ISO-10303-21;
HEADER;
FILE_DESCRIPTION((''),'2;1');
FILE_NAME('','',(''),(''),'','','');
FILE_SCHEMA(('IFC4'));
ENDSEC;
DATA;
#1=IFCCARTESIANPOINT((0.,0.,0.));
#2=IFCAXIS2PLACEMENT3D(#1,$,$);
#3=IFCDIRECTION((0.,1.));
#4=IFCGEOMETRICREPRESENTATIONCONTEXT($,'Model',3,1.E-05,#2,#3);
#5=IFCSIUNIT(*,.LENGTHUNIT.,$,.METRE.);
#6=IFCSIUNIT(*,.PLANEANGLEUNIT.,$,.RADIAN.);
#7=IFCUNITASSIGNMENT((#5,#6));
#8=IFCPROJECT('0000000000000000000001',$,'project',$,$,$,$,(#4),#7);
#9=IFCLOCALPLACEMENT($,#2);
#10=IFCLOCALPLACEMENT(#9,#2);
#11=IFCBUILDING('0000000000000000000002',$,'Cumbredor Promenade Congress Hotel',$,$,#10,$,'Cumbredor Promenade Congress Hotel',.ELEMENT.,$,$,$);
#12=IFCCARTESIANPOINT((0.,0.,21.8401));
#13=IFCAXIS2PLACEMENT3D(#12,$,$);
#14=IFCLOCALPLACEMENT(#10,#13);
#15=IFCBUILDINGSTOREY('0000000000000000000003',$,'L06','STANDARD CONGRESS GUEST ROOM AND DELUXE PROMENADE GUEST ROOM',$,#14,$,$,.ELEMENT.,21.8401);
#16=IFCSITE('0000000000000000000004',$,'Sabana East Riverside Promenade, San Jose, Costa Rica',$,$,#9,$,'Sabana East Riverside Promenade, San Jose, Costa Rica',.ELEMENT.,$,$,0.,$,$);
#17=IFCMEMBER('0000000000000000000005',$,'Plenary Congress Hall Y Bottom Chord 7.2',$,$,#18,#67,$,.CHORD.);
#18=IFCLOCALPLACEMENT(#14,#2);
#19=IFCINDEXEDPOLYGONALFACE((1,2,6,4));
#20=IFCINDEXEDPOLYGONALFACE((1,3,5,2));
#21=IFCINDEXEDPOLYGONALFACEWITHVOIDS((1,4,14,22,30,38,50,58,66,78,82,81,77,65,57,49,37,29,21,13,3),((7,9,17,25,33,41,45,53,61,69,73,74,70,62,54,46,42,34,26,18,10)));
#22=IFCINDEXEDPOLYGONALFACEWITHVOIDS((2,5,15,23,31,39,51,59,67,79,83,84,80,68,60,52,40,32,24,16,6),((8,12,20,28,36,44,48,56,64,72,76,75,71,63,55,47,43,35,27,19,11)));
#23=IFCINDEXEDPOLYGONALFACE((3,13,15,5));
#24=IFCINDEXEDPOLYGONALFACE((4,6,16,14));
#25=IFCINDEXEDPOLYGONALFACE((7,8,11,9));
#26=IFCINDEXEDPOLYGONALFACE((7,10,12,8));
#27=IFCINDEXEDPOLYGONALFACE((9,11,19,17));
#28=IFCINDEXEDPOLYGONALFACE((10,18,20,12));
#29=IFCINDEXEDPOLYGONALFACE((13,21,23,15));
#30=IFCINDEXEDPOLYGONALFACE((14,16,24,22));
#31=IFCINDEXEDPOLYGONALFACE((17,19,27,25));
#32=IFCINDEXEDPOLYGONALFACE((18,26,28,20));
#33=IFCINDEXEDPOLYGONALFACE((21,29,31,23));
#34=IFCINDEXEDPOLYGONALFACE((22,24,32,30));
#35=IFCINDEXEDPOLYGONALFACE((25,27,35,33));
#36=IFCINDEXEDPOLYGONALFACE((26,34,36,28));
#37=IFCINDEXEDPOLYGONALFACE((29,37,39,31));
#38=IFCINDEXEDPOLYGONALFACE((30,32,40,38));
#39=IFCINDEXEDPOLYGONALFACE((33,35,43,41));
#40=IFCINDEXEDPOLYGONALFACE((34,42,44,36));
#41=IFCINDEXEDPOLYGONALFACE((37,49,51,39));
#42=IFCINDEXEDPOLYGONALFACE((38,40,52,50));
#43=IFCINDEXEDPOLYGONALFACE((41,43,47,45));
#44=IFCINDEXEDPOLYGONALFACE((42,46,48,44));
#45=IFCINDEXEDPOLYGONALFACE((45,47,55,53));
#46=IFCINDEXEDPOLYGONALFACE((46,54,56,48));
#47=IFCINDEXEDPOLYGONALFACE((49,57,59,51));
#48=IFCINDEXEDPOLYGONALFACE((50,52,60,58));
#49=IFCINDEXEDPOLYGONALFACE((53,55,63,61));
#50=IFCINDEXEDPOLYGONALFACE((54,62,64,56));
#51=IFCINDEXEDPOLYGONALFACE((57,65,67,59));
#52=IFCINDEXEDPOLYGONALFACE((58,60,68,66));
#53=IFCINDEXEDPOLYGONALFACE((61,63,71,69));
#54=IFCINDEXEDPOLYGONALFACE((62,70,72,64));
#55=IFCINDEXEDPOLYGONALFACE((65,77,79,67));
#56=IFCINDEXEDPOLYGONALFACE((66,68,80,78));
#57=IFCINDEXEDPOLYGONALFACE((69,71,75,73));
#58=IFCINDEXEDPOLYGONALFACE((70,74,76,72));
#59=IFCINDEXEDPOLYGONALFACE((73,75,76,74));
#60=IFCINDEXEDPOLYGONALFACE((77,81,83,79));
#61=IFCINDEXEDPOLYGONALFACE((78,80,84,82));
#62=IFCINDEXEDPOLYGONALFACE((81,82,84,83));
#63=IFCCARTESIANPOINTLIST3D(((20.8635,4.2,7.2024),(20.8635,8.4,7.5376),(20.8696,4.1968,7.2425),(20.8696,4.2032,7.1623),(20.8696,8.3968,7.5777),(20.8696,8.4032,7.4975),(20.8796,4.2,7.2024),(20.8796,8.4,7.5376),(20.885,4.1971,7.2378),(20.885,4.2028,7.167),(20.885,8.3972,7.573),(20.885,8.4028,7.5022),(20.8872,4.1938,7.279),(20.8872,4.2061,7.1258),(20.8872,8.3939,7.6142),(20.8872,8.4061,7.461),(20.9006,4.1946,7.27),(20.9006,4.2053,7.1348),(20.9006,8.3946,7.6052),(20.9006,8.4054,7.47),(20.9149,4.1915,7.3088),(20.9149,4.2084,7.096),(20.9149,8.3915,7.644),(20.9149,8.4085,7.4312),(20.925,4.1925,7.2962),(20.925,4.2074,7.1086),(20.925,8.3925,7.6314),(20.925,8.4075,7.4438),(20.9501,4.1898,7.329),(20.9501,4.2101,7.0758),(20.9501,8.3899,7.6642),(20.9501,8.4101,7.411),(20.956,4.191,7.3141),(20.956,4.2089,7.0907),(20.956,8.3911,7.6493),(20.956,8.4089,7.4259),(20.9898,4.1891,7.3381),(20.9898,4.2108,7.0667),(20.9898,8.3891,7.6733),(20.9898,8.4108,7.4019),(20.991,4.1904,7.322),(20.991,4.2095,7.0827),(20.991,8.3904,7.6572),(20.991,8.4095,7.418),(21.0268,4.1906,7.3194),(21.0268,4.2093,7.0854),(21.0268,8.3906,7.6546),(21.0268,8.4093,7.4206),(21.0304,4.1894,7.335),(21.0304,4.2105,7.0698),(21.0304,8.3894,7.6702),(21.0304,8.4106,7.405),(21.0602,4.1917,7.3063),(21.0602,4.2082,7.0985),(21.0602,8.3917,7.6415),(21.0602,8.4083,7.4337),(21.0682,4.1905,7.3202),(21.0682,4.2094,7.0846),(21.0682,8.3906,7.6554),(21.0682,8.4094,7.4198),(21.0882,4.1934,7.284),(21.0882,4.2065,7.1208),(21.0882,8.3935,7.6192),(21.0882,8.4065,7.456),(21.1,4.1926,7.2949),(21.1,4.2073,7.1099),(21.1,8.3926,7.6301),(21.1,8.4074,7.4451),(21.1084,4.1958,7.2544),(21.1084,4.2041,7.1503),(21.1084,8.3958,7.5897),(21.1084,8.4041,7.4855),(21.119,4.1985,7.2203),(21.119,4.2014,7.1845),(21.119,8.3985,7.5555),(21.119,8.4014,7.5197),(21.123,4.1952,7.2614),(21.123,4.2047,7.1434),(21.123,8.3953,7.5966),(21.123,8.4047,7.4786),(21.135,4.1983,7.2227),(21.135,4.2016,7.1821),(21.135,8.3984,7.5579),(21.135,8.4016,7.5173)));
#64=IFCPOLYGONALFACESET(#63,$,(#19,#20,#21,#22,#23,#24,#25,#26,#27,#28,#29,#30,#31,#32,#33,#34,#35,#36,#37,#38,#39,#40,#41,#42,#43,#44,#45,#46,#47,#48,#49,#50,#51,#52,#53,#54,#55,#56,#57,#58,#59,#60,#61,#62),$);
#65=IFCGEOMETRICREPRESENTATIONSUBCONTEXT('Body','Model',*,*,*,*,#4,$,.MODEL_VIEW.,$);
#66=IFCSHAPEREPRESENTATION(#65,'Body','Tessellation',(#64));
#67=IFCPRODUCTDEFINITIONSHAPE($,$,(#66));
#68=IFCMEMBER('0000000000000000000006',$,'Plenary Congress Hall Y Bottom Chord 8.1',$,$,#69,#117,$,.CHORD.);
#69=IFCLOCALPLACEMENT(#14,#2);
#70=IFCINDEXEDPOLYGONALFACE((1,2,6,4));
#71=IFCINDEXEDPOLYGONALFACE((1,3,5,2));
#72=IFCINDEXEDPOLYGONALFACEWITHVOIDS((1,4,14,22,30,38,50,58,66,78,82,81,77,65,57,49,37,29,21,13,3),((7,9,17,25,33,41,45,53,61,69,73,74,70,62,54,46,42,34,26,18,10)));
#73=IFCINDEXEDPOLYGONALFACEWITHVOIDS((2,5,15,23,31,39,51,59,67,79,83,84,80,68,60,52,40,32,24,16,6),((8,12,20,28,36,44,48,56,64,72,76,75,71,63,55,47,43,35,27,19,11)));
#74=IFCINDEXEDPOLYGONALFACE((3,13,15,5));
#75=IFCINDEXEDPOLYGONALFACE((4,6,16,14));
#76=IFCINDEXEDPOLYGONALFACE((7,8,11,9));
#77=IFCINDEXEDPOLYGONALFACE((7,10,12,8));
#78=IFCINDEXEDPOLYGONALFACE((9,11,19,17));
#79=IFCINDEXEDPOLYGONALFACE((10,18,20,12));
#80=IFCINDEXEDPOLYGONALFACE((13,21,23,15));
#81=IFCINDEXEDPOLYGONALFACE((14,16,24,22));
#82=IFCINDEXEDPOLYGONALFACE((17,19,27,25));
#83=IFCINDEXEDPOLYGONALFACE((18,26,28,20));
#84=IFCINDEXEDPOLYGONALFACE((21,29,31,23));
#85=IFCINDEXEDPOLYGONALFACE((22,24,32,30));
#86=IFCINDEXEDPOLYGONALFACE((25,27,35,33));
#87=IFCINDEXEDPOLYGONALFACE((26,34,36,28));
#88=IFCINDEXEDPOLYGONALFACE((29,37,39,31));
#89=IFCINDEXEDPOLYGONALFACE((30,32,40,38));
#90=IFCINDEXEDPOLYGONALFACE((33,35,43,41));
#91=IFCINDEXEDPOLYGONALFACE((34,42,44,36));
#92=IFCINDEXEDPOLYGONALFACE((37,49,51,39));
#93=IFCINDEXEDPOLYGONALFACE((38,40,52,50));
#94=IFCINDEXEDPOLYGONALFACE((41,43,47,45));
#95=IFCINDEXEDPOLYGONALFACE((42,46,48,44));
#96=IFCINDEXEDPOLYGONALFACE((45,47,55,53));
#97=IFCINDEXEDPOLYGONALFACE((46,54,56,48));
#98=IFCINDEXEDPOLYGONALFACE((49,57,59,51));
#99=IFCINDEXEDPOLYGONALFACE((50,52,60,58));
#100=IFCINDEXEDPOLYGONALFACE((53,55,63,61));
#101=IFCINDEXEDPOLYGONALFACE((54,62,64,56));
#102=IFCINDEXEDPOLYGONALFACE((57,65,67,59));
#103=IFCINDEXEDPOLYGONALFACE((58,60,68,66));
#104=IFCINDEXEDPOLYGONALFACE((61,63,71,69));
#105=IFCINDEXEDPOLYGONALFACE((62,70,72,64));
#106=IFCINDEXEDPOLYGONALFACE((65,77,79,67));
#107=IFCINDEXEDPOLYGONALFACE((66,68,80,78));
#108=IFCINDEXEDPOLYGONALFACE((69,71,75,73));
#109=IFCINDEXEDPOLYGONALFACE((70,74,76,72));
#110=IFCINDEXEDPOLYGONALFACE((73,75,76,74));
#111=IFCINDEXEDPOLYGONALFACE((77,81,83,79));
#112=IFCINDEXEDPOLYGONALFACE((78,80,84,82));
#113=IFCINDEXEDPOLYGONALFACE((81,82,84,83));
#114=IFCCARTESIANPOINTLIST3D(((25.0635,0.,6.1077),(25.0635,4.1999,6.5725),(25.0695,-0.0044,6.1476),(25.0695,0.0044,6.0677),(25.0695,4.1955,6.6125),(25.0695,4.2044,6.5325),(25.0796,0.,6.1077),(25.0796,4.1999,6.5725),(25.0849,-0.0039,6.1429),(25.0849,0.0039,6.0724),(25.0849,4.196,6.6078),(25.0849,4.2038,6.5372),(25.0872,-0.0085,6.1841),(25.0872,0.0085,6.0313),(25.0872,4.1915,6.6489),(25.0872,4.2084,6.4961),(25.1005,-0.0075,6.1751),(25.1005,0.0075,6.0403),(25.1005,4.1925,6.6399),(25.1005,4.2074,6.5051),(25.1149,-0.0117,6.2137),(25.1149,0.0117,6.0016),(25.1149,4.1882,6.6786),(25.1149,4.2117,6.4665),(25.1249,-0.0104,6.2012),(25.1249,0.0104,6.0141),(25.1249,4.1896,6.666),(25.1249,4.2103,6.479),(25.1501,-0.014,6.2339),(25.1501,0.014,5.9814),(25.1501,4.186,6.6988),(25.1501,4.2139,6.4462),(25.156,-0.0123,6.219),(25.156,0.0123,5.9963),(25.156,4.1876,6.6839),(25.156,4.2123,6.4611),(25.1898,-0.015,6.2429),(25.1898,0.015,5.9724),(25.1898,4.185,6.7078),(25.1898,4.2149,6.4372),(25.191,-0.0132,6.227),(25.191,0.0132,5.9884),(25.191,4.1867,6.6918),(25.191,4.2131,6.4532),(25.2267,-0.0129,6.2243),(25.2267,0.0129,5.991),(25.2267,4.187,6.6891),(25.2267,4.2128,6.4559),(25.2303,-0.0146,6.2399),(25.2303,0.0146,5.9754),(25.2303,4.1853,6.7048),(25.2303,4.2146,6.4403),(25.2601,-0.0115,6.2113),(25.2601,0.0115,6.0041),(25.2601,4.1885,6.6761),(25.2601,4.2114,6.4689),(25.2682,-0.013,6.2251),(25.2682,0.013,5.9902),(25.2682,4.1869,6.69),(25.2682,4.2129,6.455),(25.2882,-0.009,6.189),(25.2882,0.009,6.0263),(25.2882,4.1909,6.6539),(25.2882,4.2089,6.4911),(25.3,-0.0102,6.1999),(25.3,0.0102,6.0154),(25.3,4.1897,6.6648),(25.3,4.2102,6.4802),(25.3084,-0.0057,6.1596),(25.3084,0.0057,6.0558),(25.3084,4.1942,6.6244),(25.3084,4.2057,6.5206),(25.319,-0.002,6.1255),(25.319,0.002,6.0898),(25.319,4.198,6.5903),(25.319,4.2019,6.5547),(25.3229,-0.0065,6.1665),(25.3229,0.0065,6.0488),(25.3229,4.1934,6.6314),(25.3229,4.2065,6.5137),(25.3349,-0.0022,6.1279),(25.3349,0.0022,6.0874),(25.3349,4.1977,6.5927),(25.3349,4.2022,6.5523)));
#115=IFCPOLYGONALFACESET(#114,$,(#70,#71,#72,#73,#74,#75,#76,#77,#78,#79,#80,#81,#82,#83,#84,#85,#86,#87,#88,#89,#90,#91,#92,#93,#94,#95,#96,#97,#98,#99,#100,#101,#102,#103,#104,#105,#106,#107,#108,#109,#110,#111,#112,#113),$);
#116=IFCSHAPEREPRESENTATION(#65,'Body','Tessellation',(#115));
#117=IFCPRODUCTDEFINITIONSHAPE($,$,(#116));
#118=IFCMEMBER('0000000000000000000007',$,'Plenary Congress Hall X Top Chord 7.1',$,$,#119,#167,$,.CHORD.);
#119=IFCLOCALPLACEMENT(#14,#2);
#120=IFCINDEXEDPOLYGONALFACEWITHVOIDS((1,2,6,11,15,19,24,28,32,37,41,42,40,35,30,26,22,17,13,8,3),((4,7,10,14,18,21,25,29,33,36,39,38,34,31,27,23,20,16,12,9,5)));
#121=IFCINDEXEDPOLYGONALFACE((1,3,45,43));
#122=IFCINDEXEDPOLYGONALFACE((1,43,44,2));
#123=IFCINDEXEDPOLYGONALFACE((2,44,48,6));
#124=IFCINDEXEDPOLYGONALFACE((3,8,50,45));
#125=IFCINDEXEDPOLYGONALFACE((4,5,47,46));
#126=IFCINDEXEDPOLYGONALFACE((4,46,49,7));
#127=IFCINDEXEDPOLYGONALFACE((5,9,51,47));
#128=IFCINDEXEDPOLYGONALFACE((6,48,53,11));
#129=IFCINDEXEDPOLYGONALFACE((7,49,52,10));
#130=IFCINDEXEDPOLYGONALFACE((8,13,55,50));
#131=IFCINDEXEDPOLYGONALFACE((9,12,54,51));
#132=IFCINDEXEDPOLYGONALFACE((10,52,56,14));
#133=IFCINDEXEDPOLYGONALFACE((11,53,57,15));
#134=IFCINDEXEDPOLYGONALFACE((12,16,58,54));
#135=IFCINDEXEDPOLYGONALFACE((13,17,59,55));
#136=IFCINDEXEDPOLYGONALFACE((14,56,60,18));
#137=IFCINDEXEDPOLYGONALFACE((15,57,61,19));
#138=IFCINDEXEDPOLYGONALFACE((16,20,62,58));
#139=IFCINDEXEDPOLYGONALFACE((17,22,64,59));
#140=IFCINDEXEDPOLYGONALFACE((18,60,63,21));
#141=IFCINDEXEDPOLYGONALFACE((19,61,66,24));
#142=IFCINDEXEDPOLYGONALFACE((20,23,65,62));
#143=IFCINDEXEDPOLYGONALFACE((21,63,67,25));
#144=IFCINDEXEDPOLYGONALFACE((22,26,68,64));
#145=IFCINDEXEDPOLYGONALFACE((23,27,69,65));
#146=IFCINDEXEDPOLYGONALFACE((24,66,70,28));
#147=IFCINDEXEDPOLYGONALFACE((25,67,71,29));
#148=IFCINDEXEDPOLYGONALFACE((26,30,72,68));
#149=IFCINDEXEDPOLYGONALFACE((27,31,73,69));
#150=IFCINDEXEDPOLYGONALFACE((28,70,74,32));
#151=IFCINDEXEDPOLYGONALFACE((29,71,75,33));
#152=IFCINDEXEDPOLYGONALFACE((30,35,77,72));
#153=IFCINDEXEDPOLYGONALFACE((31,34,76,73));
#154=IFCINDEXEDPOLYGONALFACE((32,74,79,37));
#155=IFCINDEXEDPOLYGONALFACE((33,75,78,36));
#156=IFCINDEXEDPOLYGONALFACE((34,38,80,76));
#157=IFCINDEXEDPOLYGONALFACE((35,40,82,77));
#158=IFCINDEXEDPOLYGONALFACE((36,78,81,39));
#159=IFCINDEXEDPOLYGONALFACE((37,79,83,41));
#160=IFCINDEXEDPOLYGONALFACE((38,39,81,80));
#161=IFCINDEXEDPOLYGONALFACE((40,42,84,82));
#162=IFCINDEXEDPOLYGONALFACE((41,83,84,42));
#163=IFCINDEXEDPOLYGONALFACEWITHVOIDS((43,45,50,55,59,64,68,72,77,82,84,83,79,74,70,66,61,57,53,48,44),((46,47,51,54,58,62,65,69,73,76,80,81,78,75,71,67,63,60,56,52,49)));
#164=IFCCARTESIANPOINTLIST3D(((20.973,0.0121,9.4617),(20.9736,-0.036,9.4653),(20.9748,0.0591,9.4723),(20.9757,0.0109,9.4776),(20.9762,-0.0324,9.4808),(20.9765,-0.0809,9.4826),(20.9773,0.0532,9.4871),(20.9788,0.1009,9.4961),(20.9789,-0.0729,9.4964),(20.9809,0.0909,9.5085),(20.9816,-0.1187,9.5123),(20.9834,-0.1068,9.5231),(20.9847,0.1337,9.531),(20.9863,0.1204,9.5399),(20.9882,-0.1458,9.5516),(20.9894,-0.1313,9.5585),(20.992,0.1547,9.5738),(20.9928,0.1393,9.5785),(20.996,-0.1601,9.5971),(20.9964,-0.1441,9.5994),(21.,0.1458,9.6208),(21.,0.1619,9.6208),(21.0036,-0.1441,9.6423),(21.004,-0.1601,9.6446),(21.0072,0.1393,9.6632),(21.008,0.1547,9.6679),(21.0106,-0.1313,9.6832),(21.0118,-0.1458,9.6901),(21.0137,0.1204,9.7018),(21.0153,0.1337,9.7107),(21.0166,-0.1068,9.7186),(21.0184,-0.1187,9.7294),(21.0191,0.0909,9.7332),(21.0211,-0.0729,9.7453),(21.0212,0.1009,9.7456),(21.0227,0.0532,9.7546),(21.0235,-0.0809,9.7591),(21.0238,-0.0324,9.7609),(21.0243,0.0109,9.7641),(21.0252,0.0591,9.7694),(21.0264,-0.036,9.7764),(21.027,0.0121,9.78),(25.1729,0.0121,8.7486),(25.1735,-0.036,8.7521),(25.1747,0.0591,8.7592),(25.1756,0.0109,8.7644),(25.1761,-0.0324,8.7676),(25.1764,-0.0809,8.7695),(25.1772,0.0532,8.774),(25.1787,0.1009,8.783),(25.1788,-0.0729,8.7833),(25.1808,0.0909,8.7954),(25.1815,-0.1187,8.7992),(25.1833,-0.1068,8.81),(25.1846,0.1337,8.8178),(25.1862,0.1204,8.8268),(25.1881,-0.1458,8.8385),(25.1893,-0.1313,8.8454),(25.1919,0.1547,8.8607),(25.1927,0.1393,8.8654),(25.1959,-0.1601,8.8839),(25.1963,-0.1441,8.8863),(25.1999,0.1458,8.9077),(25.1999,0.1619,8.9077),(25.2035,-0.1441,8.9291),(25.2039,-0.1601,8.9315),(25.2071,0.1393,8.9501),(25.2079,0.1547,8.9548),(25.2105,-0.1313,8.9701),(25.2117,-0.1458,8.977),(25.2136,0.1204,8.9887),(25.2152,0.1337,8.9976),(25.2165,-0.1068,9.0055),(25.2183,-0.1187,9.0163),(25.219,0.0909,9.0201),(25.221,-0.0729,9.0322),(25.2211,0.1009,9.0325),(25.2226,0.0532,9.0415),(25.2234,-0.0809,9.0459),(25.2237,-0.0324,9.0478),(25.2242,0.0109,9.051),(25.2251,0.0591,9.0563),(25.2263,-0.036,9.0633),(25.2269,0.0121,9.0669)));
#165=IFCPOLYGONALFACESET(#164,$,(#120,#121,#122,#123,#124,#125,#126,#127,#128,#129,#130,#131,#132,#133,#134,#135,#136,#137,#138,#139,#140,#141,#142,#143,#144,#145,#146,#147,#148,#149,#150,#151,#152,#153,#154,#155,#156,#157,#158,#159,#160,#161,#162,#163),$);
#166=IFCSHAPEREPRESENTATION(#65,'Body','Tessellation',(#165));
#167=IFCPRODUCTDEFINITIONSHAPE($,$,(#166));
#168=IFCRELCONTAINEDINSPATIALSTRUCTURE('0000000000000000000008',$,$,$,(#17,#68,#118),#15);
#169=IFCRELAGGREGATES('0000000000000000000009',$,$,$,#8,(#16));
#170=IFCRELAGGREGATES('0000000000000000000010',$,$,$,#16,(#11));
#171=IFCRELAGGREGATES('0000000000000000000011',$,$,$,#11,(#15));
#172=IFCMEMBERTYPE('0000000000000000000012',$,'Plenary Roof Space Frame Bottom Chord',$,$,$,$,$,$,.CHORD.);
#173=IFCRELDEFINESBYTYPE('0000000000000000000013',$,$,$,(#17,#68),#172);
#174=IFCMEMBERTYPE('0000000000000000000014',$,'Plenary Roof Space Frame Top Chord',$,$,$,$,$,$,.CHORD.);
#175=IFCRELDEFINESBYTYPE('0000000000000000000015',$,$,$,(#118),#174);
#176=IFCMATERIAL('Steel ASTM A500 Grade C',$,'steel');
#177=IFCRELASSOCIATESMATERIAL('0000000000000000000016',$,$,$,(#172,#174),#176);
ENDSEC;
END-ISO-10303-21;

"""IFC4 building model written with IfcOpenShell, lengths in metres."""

from ifc_helpers import new_model, si_unit, direction, frame, origin, origin_2d, place, context, subcontext, project, spatial, hollow_circle, extrude, material, material_profile, profile_set, type_object, element, save


model = new_model("IFC4")

# Units and contexts
model_context = context("Model", 3, precision=1e-05, world=origin(), true_north=direction((0.0, 1.0)))
body_context = subcontext(model_context, "Body", "Model", "MODEL_VIEW")
ifc_project = project(units=[si_unit("LENGTHUNIT", "METRE"), si_unit("PLANEANGLEUNIT", "RADIAN")], contexts=[model_context])

# Site, building, storey
site_placement = place(None, origin())
site = spatial("IfcSite", under=ifc_project, at=site_placement, Name="Sabana East Riverside Promenade, San Jose, Costa Rica", LongName="Sabana East Riverside Promenade, San Jose, Costa Rica", CompositionType="ELEMENT", RefElevation=0.0)
building_placement = place(site_placement, origin())
building = spatial("IfcBuilding", under=site, at=building_placement, Name="Cumbredor Promenade Congress Hotel", LongName="Cumbredor Promenade Congress Hotel", CompositionType="ELEMENT")
storey_placement = place(building_placement, frame((0.0, 0.0, 21.8401)))
storey = spatial("IfcBuildingStorey", under=building, at=storey_placement, Name="L06", Description="STANDARD CONGRESS GUEST ROOM AND DELUXE PROMENADE GUEST ROOM", CompositionType="ELEMENT", Elevation=21.8401)

# Members
ifc_material_1 = material(Name="Steel ASTM A500 Grade C", Category="steel")
ifc_material_profile_1 = material_profile(ifc_material_1, hollow_circle(Radius=0.1365, WallThickness=0.0161, at=origin_2d()), Name="CHS 273.0x16")
ifc_profile_set_1 = profile_set([ifc_material_profile_1], Name="Steel ASTM A500 Grade C")
member_type_1 = type_object("IfcMemberType", Name="Plenary Roof Space Frame Bottom Chord", PredefinedType="CHORD", material=ifc_profile_set_1)
member_1_placement = place(storey_placement, frame((21.0, 4.2, 7.2024), z_axis=(0.0, 0.99683, 0.079559), x_axis=(-1.0, 0.0, 0.0)))
element("IfcMember", 1, at=member_1_placement, inside=storey, type_object=member_type_1, Name="Plenary Congress Hall Y Bottom Chord 7.2", PredefinedType="CHORD", context=body_context, shape_type="SweptSolid", body=[
    extrude(hollow_circle(Radius=0.1365, WallThickness=0.0161, at=origin_2d()), origin(), (0.0, 0.0, 1.0), 4.2134),
])
member_2_placement = place(storey_placement, frame((25.2, 0.0, 6.1077), z_axis=(0.0, 0.993931, 0.110007), x_axis=(-1.0, 0.0, 0.0)))
element("IfcMember", 2, at=member_2_placement, inside=storey, type_object=member_type_1, Name="Plenary Congress Hall Y Bottom Chord 8.1", PredefinedType="CHORD", context=body_context, shape_type="SweptSolid", body=[
    extrude(hollow_circle(Radius=0.1365, WallThickness=0.0161, at=origin_2d()), origin(), (0.0, 0.0, 1.0), 4.2256),
])
ifc_material_profile_2 = material_profile(ifc_material_1, hollow_circle(Radius=0.1619, WallThickness=0.0161, at=origin_2d()), Name="CHS 323.9x16")
ifc_profile_set_2 = profile_set([ifc_material_profile_2], Name="Steel ASTM A500 Grade C")
member_type_2 = type_object("IfcMemberType", Name="Plenary Roof Space Frame Top Chord", PredefinedType="CHORD", material=ifc_profile_set_2)
member_3_placement = place(storey_placement, frame((21.0, 0.0, 9.6208), z_axis=(0.985889, 0.0, -0.1674), x_axis=(0.0, 1.0, 0.0)))
element("IfcMember", 3, at=member_3_placement, inside=storey, type_object=member_type_2, Name="Plenary Congress Hall X Top Chord 7.1", PredefinedType="CHORD", context=body_context, shape_type="SweptSolid", body=[
    extrude(hollow_circle(Radius=0.1619, WallThickness=0.0161, at=origin_2d()), origin(), (0.0, 0.0, 1.0), 4.26),
])

save(model, "model.ifc")
